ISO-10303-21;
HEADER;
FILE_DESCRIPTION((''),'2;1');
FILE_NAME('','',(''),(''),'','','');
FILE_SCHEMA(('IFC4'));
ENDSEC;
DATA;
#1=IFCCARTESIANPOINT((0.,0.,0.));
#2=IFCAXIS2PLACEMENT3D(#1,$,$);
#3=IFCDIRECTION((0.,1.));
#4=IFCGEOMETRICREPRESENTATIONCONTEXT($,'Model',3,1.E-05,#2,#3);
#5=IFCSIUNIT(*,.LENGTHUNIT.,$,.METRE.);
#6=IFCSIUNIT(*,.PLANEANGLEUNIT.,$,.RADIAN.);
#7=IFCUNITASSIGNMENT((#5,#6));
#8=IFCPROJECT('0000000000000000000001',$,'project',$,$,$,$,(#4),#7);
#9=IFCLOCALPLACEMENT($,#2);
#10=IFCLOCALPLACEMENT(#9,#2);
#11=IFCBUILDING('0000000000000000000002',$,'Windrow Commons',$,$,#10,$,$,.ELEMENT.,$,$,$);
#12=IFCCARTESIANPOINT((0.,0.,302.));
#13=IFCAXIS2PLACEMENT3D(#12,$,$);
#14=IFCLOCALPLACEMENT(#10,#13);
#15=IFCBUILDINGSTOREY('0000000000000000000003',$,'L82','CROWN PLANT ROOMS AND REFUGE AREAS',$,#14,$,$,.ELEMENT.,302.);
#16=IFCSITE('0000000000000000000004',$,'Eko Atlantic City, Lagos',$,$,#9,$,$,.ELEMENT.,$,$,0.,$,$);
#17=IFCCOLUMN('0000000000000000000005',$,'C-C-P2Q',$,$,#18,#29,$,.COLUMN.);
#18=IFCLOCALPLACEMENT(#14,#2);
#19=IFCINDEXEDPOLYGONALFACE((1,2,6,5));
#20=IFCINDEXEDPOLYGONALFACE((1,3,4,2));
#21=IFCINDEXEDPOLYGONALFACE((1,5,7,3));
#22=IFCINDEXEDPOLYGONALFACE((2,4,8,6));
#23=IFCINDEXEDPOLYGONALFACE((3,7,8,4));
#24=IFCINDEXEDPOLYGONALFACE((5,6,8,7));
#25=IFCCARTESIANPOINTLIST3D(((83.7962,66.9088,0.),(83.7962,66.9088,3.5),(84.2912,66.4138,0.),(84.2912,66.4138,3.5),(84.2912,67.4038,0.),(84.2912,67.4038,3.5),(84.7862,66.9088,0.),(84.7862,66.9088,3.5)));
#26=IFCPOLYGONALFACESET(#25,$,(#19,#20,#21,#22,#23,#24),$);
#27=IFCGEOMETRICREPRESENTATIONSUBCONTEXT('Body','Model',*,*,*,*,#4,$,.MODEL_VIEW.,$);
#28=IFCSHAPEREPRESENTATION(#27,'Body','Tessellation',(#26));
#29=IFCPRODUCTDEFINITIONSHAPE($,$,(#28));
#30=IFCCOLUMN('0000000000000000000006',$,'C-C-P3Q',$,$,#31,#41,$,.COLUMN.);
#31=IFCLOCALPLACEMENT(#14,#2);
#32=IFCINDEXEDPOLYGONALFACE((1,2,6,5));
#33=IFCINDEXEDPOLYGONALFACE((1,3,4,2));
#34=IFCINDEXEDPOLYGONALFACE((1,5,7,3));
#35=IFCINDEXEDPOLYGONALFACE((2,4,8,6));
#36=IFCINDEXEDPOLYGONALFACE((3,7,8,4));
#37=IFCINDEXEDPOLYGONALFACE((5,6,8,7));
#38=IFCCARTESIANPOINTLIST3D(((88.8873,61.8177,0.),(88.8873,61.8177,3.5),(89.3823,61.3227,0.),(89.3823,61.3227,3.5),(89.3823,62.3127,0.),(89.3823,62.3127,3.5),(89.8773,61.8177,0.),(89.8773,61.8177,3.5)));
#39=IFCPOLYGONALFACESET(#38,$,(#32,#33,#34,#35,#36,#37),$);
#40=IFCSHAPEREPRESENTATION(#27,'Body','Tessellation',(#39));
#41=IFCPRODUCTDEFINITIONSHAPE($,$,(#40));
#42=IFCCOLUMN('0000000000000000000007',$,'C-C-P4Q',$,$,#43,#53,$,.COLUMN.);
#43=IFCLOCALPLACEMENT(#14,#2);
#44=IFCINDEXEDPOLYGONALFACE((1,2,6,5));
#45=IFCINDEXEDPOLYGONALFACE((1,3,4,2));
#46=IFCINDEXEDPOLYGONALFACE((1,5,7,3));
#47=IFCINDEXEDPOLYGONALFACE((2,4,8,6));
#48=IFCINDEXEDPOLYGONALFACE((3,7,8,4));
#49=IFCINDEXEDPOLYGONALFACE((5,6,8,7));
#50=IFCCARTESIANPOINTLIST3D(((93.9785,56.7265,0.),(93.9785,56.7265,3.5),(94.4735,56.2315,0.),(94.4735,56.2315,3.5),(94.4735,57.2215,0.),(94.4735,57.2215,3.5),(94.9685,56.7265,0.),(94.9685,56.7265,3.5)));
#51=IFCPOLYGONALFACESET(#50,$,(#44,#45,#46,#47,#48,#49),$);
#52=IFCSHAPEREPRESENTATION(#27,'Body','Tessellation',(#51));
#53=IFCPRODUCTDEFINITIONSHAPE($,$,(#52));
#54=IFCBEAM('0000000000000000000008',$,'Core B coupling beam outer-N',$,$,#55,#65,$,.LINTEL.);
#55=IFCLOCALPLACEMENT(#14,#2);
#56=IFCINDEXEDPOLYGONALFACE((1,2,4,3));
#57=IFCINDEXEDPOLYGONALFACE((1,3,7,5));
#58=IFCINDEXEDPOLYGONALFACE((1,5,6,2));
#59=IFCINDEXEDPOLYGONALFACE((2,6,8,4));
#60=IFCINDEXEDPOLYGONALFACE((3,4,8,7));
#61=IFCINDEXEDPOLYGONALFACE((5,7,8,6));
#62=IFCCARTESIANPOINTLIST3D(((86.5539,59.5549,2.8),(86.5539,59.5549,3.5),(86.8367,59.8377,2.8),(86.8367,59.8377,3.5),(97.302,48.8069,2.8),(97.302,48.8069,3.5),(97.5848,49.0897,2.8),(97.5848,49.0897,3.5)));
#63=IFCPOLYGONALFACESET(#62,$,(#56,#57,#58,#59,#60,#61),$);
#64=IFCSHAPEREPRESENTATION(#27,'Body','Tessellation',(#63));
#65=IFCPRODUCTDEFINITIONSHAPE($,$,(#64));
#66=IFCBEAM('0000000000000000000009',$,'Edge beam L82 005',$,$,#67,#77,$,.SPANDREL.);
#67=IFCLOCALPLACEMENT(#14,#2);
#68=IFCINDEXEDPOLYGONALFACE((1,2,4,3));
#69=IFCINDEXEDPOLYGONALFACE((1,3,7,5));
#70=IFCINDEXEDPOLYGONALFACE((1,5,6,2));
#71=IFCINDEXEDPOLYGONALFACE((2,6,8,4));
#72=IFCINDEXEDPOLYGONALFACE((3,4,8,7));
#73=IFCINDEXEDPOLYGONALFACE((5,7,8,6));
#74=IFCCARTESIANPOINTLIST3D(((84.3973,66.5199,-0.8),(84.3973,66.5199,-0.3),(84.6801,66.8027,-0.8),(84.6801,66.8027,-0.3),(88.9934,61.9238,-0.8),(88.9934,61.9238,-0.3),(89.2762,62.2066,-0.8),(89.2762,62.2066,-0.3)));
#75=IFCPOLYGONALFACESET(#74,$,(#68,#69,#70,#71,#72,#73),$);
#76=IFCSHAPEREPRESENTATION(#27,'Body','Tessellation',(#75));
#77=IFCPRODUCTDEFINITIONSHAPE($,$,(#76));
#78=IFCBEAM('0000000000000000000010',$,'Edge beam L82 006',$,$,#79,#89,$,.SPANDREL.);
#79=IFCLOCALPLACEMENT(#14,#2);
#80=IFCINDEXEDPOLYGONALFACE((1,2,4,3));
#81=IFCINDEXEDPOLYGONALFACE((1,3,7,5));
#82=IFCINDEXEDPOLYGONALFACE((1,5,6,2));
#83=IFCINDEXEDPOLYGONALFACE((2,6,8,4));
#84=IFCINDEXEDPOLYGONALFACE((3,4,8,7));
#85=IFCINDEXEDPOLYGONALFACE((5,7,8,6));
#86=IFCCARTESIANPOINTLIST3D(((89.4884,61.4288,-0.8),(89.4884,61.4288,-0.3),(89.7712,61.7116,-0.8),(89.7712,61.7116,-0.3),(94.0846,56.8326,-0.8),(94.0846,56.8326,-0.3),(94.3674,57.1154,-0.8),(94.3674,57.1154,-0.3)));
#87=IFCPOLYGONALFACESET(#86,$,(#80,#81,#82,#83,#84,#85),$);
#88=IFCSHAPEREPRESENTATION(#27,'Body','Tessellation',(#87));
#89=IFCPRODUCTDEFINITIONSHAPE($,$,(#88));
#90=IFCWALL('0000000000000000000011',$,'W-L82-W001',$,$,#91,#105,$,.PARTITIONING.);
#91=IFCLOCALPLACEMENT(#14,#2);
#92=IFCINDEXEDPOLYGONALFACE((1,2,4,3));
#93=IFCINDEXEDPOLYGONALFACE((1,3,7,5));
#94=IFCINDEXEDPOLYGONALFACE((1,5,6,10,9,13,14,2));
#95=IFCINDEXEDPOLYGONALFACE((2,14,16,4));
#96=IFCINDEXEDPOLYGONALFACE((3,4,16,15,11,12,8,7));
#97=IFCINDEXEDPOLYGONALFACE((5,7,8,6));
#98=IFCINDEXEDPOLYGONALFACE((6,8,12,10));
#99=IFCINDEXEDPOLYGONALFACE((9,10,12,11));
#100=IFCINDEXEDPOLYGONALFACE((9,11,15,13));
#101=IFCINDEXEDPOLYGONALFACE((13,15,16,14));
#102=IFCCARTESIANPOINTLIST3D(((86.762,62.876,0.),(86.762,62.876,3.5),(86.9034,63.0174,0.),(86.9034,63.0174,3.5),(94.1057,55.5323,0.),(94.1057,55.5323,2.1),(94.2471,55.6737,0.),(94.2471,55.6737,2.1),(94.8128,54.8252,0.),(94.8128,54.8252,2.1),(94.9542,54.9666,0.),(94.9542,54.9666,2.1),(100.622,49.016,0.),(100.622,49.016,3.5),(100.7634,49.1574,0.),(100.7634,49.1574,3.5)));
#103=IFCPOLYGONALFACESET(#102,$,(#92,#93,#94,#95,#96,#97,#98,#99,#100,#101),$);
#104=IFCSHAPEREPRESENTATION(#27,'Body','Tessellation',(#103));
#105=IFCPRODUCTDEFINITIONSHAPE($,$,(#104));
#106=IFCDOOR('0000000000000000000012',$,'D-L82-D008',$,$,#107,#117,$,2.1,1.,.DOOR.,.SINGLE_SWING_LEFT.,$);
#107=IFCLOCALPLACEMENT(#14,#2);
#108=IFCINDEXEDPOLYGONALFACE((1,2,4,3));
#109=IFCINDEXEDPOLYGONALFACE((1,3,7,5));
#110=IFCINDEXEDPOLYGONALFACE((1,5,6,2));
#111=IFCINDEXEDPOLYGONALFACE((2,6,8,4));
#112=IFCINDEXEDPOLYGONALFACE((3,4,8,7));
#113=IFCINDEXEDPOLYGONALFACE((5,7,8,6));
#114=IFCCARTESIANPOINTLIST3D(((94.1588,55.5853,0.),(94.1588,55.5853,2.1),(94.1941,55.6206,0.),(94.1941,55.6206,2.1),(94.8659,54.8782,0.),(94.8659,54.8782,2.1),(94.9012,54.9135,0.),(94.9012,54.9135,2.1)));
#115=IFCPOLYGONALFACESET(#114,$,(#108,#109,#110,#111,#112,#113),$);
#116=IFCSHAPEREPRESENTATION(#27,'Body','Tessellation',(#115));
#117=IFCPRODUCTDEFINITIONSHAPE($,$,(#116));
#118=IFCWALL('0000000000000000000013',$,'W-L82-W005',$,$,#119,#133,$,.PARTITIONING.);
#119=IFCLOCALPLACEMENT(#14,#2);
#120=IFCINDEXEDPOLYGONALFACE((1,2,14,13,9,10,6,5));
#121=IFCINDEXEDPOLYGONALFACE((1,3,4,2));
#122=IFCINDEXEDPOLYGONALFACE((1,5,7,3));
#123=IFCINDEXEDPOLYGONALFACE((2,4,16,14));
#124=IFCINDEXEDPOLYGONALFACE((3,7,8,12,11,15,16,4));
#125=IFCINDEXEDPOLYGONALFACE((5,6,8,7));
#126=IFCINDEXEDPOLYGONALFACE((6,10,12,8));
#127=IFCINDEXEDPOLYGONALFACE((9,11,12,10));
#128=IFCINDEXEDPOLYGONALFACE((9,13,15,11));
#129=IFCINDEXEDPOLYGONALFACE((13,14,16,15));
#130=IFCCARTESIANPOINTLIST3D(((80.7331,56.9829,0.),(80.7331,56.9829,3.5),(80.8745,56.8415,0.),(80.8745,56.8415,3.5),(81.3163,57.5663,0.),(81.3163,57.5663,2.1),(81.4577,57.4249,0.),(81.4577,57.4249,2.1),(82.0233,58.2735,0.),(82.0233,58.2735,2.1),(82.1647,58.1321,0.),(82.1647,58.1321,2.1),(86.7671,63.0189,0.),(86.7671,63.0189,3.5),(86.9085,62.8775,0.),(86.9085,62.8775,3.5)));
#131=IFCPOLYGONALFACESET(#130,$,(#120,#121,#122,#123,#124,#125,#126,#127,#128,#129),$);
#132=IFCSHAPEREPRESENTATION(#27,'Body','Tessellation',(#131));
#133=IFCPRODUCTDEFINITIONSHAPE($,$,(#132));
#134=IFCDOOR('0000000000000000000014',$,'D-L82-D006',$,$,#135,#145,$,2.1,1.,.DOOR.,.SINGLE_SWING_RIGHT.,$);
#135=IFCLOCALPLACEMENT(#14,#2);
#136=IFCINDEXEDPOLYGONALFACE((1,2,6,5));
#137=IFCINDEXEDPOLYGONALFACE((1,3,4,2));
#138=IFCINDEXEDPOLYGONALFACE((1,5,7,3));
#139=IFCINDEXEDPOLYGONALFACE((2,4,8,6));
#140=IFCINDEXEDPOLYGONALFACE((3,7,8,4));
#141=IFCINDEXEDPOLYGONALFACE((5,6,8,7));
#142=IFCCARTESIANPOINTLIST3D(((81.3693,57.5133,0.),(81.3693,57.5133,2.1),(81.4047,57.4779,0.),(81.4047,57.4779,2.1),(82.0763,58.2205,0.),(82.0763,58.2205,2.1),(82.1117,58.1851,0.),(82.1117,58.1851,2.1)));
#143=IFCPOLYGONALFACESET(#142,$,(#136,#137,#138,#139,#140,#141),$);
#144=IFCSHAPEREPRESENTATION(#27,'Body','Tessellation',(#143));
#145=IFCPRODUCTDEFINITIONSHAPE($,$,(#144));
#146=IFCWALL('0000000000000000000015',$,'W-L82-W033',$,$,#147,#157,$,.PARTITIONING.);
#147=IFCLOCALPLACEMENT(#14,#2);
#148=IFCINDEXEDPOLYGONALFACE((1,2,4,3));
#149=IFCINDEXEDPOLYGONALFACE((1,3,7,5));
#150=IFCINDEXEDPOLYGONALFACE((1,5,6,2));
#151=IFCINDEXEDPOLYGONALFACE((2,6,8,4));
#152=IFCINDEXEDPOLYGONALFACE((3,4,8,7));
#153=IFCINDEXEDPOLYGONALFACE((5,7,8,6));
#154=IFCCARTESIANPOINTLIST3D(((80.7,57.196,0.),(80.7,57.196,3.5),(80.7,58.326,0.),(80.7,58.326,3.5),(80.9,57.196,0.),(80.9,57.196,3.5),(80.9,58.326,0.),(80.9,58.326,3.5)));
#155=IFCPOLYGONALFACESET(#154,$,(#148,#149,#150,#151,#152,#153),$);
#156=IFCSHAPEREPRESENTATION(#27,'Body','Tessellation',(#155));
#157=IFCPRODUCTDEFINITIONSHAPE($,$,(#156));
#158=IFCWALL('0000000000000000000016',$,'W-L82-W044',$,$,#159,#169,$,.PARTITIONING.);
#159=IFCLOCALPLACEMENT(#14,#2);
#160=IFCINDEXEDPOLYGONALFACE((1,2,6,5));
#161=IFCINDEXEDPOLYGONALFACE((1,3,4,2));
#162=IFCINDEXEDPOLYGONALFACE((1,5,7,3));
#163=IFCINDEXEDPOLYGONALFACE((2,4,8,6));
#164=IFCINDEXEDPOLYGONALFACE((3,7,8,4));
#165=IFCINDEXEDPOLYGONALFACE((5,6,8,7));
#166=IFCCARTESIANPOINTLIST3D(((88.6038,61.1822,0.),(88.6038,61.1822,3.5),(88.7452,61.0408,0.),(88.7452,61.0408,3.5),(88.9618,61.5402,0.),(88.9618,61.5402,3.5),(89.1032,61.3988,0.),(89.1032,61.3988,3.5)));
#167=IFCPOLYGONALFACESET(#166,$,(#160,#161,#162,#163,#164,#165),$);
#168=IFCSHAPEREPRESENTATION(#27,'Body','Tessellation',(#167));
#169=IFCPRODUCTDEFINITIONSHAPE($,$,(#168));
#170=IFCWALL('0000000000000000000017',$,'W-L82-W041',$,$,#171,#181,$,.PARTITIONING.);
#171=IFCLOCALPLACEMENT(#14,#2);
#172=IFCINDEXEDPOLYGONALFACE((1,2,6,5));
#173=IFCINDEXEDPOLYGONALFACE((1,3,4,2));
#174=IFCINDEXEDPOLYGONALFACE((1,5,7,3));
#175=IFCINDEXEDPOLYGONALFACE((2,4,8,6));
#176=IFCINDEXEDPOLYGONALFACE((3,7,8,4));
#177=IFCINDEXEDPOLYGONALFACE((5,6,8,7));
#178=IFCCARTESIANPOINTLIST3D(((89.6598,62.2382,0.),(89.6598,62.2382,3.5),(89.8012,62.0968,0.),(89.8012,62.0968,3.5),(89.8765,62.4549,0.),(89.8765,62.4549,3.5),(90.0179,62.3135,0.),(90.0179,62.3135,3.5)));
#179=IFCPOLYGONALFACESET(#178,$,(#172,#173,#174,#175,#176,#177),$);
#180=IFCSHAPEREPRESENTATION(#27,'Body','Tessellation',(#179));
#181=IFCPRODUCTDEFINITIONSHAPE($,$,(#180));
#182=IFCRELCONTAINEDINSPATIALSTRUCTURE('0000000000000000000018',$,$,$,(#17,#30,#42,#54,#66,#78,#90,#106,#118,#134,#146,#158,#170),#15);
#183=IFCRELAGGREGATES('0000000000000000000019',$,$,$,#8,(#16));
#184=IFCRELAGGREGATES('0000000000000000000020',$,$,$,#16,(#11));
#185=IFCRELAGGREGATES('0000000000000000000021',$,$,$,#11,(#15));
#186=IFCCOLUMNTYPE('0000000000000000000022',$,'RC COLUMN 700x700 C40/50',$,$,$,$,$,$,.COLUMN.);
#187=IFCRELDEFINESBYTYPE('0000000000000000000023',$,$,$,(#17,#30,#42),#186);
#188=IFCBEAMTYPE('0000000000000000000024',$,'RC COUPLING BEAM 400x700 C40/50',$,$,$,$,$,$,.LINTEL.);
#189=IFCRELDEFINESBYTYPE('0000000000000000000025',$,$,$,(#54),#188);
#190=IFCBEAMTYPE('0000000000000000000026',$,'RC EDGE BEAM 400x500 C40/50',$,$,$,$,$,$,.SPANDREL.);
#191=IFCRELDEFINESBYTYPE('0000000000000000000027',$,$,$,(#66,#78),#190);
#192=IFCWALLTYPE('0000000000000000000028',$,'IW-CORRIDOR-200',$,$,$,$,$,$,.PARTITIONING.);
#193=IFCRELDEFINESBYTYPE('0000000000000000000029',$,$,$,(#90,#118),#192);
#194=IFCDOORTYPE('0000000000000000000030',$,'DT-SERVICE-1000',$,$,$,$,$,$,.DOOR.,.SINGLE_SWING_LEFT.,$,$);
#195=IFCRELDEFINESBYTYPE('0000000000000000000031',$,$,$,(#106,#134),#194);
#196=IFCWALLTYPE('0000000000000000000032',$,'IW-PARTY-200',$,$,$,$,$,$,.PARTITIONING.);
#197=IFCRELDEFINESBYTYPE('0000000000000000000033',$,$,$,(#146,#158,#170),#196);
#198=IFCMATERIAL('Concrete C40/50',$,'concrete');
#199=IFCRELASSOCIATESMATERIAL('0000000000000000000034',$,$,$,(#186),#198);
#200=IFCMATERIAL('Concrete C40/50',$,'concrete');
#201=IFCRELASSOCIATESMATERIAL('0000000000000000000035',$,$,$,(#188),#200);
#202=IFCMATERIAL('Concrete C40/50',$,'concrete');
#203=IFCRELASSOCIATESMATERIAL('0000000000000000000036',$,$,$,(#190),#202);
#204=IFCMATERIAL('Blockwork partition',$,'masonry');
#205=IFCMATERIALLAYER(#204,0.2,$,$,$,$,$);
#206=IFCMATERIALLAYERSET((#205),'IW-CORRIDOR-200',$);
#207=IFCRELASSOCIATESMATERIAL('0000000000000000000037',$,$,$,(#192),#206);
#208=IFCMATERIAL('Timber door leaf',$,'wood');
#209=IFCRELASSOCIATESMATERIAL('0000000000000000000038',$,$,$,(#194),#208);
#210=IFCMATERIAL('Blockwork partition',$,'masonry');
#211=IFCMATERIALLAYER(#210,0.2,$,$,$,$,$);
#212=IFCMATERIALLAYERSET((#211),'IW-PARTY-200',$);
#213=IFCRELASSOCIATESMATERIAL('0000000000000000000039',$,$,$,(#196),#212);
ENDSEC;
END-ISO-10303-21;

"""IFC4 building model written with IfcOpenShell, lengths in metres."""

from ifc_helpers import new_model, si_unit, direction, frame, frame_2d, origin, origin_2d, place, context, subcontext, project, spatial, polyline, rectangle, outline, extrude, material, layer, layer_set, material_profile, profile_set, type_object, element, fill, save


model = new_model("IFC4")

# Units and contexts
model_context = context("Model", 3, precision=1e-05, world=origin(), true_north=direction((0.0, 1.0)))
body_context = subcontext(model_context, "Body", "Model", "MODEL_VIEW")
ifc_project = project(units=[si_unit("LENGTHUNIT", "METRE"), si_unit("PLANEANGLEUNIT", "RADIAN")], contexts=[model_context])

# Site, building, storey
site_placement = place(None, origin())
site = spatial("IfcSite", under=ifc_project, at=site_placement, Name="Eko Atlantic City, Lagos", CompositionType="ELEMENT", RefElevation=0.0)
building_placement = place(site_placement, origin())
building = spatial("IfcBuilding", under=site, at=building_placement, Name="Windrow Commons", CompositionType="ELEMENT")
storey_placement = place(building_placement, frame((0.0, 0.0, 302.0)))
storey = spatial("IfcBuildingStorey", under=building, at=storey_placement, Name="L82", Description="CROWN PLANT ROOMS AND REFUGE AREAS", CompositionType="ELEMENT", Elevation=302.0)

# Columns
ifc_material_1 = material(Name="Concrete C40/50", Category="concrete")
ifc_material_profile_1 = material_profile(ifc_material_1, rectangle(XDim=0.7, YDim=0.7, at=origin_2d()))
ifc_profile_set_1 = profile_set([ifc_material_profile_1], Name="Concrete C40/50")
column_type = type_object("IfcColumnType", Name="RC COLUMN 700x700 C40/50", PredefinedType="COLUMN", material=ifc_profile_set_1)
for number, where, z_axis, x_axis, name in (
    (1, (84.2912, 66.9088, 0.0), (0.0, 0.0, 1.0), (0.707107, -0.707107, 0.0), "C-C-P2Q"),
    (2, (89.3823, 61.8177, 0.0), (0.0, 0.0, 1.0), (0.707107, -0.707107, 0.0), "C-C-P3Q"),
    (3, (94.4735, 56.7265, 0.0), (0.0, 0.0, 1.0), (0.707107, -0.707107, 0.0), "C-C-P4Q"),
):
    element("IfcColumn", number, at=place(storey_placement, frame(where, z_axis=z_axis, x_axis=x_axis)), inside=storey, type_object=column_type, Name=name, PredefinedType="COLUMN", context=body_context, shape_type="SweptSolid", body=[
        extrude(rectangle(XDim=0.7, YDim=0.7, at=origin_2d()), origin(), (0.0, 0.0, 1.0), 3.5),
    ])

# Beams
ifc_material_2 = material(Name="Concrete C40/50", Category="concrete")
ifc_material_profile_2 = material_profile(ifc_material_2, rectangle(XDim=0.4, YDim=0.7, at=origin_2d()))
ifc_profile_set_2 = profile_set([ifc_material_profile_2], Name="Concrete C40/50")
beam_type_1 = type_object("IfcBeamType", Name="RC COUPLING BEAM 400x700 C40/50", PredefinedType="LINTEL", material=ifc_profile_set_2)
beam_1_placement = place(storey_placement, frame((86.6953, 59.6963, 3.15), z_axis=(0.70711, -0.707103, 0.0), x_axis=(0.707103, 0.70711, 0.0)))
element("IfcBeam", 4, at=beam_1_placement, inside=storey, type_object=beam_type_1, Name="Core B coupling beam outer-N", PredefinedType="LINTEL", context=body_context, shape_type="SweptSolid", body=[
    extrude(rectangle(XDim=0.4, YDim=0.7, at=origin_2d()), origin(), (0.0, 0.0, 1.0), 15.2),
])
ifc_material_3 = material(Name="Concrete C40/50", Category="concrete")
ifc_material_profile_3 = material_profile(ifc_material_3, rectangle(XDim=0.4, YDim=0.5, at=origin_2d()))
ifc_profile_set_3 = profile_set([ifc_material_profile_3], Name="Concrete C40/50")
beam_type_2 = type_object("IfcBeamType", Name="RC EDGE BEAM 400x500 C40/50", PredefinedType="SPANDREL", material=ifc_profile_set_3)
beam_2_placement = place(storey_placement, frame((84.5387, 66.6613, -0.55), z_axis=(0.707107, -0.707107, 0.0), x_axis=(0.707107, 0.707107, 0.0)))
element("IfcBeam", 5, at=beam_2_placement, inside=storey, type_object=beam_type_2, Name="Edge beam L82 005", PredefinedType="SPANDREL", context=body_context, shape_type="SweptSolid", body=[
    extrude(rectangle(XDim=0.4, YDim=0.5, at=origin_2d()), origin(), (0.0, 0.0, 1.0), 6.4999),
])
beam_3_placement = place(storey_placement, frame((89.6298, 61.5702, -0.55), z_axis=(0.707107, -0.707107, 0.0), x_axis=(0.707107, 0.707107, 0.0)))
element("IfcBeam", 6, at=beam_3_placement, inside=storey, type_object=beam_type_2, Name="Edge beam L82 006", PredefinedType="SPANDREL", context=body_context, shape_type="SweptSolid", body=[
    extrude(rectangle(XDim=0.4, YDim=0.5, at=origin_2d()), origin(), (0.0, 0.0, 1.0), 6.5),
])

# Walls, openings, doors
ifc_material_4 = material(Name="Blockwork partition", Category="masonry")
ifc_layer_1 = layer(ifc_material_4, 0.2)
ifc_layer_set_1 = layer_set([ifc_layer_1], Name="IW-CORRIDOR-200")
wall_type_1 = type_object("IfcWallType", Name="IW-CORRIDOR-200", PredefinedType="PARTITIONING", material=ifc_layer_set_1)
wall_1_placement = place(storey_placement, frame((86.8327, 62.9467, 0.0), z_axis=(0.0, 0.0, 1.0), x_axis=(0.707107, -0.707107, 0.0)))
wall_1 = element("IfcWall", 7, at=wall_1_placement, inside=storey, type_object=wall_type_1, Name="W-L82-W001", PredefinedType="PARTITIONING", context=body_context, shape_type="SweptSolid", body=[
    extrude(rectangle(XDim=19.601, YDim=0.2, at=frame_2d((9.8005, 0.0))), origin(), (0.0, 0.0, 1.0), 3.5),
])
opening_1_placement = place(wall_1_placement, frame((10.3856, 0.0, 0.0)))
opening_1 = element("IfcOpeningElement", 8, at=opening_1_placement, cuts=wall_1, PredefinedType="OPENING", context=body_context, shape_type="SweptSolid", body=[
    extrude(rectangle(XDim=1.0, YDim=2.1, at=frame_2d((0.5, 1.05))), frame((0.0, 0.11, 0.0), z_axis=(0.0, -1.0, 0.0), x_axis=(1.0, 0.0, 0.0)), (0.0, 0.0, 1.0), 0.22),
])
ifc_material_5 = material(Name="Timber door leaf", Category="wood")
door_type_1 = type_object("IfcDoorType", Name="DT-SERVICE-1000", OperationType="SINGLE_SWING_LEFT", PredefinedType="DOOR", material=ifc_material_5)
door_1_placement = place(opening_1_placement, origin())
door_1 = element("IfcDoor", 9, at=door_1_placement, inside=storey, type_object=door_type_1, Name="D-L82-D008", OperationType="SINGLE_SWING_LEFT", OverallHeight=2.1, OverallWidth=1.0, PredefinedType="DOOR", context=body_context, shape_type="SweptSolid", body=[
    extrude(rectangle(XDim=1.0, YDim=2.1, at=frame_2d((0.5, 1.05))), frame((0.0, 0.025, 0.0), z_axis=(0.0, -1.0, 0.0), x_axis=(1.0, 0.0, 0.0)), (0.0, 0.0, 1.0), 0.05),
])
fill(opening_1, door_1)
wall_2_placement = place(storey_placement, frame((80.8038, 56.9122, 0.0), z_axis=(0.0, 0.0, 1.0), x_axis=(0.70699, 0.707224, 0.0)))
wall_2 = element("IfcWall", 10, at=wall_2_placement, inside=storey, type_object=wall_type_1, Name="W-L82-W005", PredefinedType="PARTITIONING", context=body_context, shape_type="SweptSolid", body=[
    extrude(rectangle(XDim=8.5348, YDim=0.2, at=frame_2d((4.2674, 0.0))), origin(), (0.0, 0.0, 1.0), 3.5),
])
opening_2_placement = place(wall_2_placement, frame((0.8249, 0.0, 0.0)))
opening_2 = element("IfcOpeningElement", 11, at=opening_2_placement, cuts=wall_2, PredefinedType="OPENING", context=body_context, shape_type="SweptSolid", body=[
    extrude(rectangle(XDim=1.0, YDim=2.1, at=frame_2d((0.5, 1.05))), frame((0.0, 0.11, 0.0), z_axis=(0.0, -1.0, 0.0), x_axis=(1.0, 0.0, 0.0)), (0.0, 0.0, 1.0), 0.22),
])
door_2_placement = place(opening_2_placement, origin())
door_2 = element("IfcDoor", 12, at=door_2_placement, inside=storey, type_object=door_type_1, Name="D-L82-D006", OperationType="SINGLE_SWING_RIGHT", OverallHeight=2.1, OverallWidth=1.0, PredefinedType="DOOR", context=body_context, shape_type="SweptSolid", body=[
    extrude(rectangle(XDim=1.0, YDim=2.1, at=frame_2d((0.5, 1.05))), frame((0.0, 0.025, 0.0), z_axis=(0.0, -1.0, 0.0), x_axis=(1.0, 0.0, 0.0)), (0.0, 0.0, 1.0), 0.05),
])
fill(opening_2, door_2)

# Walls
ifc_material_6 = material(Name="Blockwork partition", Category="masonry")
ifc_layer_2 = layer(ifc_material_6, 0.2)
ifc_layer_set_2 = layer_set([ifc_layer_2], Name="IW-PARTY-200")
wall_type_2 = type_object("IfcWallType", Name="IW-PARTY-200", PredefinedType="PARTITIONING", material=ifc_layer_set_2)
wall_3_placement = place(storey_placement, frame((80.8, 57.196, 0.0), z_axis=(0.0, 0.0, 1.0), x_axis=(0.0, 1.0, 0.0)))
element("IfcWall", 13, at=wall_3_placement, inside=storey, type_object=wall_type_2, Name="W-L82-W033", PredefinedType="PARTITIONING", context=body_context, shape_type="SweptSolid", body=[
    extrude(rectangle(XDim=1.13, YDim=0.2, at=frame_2d((0.565, 0.0))), origin(), (0.0, 0.0, 1.0), 3.5),
])
wall_4_placement = place(storey_placement, frame((88.6745, 61.1115, 0.0), z_axis=(0.0, 0.0, 1.0), x_axis=(0.707107, 0.707107, 0.0)))
element("IfcWall", 14, at=wall_4_placement, inside=storey, type_object=wall_type_2, Name="W-L82-W044", PredefinedType="PARTITIONING", context=body_context, shape_type="SweptSolid", body=[
    extrude(rectangle(XDim=0.5063, YDim=0.2, at=frame_2d((0.2531, 0.0))), origin(), (0.0, 0.0, 1.0), 3.5),
])
wall_5_placement = place(storey_placement, frame((89.7305, 62.1675, 0.0), z_axis=(0.0, 0.0, 1.0), x_axis=(0.707107, 0.707107, 0.0)))
element("IfcWall", 15, at=wall_5_placement, inside=storey, type_object=wall_type_2, Name="W-L82-W041", PredefinedType="PARTITIONING", context=body_context, shape_type="SweptSolid", body=[
    extrude(outline(polyline([(0.0, -0.1), (0.3065, -0.1), (0.3065, 0.1), (0.0, 0.1), (0.0, -0.1)])), origin(), (0.0, 0.0, 1.0), 3.5),
])

save(model, "model.ifc")
